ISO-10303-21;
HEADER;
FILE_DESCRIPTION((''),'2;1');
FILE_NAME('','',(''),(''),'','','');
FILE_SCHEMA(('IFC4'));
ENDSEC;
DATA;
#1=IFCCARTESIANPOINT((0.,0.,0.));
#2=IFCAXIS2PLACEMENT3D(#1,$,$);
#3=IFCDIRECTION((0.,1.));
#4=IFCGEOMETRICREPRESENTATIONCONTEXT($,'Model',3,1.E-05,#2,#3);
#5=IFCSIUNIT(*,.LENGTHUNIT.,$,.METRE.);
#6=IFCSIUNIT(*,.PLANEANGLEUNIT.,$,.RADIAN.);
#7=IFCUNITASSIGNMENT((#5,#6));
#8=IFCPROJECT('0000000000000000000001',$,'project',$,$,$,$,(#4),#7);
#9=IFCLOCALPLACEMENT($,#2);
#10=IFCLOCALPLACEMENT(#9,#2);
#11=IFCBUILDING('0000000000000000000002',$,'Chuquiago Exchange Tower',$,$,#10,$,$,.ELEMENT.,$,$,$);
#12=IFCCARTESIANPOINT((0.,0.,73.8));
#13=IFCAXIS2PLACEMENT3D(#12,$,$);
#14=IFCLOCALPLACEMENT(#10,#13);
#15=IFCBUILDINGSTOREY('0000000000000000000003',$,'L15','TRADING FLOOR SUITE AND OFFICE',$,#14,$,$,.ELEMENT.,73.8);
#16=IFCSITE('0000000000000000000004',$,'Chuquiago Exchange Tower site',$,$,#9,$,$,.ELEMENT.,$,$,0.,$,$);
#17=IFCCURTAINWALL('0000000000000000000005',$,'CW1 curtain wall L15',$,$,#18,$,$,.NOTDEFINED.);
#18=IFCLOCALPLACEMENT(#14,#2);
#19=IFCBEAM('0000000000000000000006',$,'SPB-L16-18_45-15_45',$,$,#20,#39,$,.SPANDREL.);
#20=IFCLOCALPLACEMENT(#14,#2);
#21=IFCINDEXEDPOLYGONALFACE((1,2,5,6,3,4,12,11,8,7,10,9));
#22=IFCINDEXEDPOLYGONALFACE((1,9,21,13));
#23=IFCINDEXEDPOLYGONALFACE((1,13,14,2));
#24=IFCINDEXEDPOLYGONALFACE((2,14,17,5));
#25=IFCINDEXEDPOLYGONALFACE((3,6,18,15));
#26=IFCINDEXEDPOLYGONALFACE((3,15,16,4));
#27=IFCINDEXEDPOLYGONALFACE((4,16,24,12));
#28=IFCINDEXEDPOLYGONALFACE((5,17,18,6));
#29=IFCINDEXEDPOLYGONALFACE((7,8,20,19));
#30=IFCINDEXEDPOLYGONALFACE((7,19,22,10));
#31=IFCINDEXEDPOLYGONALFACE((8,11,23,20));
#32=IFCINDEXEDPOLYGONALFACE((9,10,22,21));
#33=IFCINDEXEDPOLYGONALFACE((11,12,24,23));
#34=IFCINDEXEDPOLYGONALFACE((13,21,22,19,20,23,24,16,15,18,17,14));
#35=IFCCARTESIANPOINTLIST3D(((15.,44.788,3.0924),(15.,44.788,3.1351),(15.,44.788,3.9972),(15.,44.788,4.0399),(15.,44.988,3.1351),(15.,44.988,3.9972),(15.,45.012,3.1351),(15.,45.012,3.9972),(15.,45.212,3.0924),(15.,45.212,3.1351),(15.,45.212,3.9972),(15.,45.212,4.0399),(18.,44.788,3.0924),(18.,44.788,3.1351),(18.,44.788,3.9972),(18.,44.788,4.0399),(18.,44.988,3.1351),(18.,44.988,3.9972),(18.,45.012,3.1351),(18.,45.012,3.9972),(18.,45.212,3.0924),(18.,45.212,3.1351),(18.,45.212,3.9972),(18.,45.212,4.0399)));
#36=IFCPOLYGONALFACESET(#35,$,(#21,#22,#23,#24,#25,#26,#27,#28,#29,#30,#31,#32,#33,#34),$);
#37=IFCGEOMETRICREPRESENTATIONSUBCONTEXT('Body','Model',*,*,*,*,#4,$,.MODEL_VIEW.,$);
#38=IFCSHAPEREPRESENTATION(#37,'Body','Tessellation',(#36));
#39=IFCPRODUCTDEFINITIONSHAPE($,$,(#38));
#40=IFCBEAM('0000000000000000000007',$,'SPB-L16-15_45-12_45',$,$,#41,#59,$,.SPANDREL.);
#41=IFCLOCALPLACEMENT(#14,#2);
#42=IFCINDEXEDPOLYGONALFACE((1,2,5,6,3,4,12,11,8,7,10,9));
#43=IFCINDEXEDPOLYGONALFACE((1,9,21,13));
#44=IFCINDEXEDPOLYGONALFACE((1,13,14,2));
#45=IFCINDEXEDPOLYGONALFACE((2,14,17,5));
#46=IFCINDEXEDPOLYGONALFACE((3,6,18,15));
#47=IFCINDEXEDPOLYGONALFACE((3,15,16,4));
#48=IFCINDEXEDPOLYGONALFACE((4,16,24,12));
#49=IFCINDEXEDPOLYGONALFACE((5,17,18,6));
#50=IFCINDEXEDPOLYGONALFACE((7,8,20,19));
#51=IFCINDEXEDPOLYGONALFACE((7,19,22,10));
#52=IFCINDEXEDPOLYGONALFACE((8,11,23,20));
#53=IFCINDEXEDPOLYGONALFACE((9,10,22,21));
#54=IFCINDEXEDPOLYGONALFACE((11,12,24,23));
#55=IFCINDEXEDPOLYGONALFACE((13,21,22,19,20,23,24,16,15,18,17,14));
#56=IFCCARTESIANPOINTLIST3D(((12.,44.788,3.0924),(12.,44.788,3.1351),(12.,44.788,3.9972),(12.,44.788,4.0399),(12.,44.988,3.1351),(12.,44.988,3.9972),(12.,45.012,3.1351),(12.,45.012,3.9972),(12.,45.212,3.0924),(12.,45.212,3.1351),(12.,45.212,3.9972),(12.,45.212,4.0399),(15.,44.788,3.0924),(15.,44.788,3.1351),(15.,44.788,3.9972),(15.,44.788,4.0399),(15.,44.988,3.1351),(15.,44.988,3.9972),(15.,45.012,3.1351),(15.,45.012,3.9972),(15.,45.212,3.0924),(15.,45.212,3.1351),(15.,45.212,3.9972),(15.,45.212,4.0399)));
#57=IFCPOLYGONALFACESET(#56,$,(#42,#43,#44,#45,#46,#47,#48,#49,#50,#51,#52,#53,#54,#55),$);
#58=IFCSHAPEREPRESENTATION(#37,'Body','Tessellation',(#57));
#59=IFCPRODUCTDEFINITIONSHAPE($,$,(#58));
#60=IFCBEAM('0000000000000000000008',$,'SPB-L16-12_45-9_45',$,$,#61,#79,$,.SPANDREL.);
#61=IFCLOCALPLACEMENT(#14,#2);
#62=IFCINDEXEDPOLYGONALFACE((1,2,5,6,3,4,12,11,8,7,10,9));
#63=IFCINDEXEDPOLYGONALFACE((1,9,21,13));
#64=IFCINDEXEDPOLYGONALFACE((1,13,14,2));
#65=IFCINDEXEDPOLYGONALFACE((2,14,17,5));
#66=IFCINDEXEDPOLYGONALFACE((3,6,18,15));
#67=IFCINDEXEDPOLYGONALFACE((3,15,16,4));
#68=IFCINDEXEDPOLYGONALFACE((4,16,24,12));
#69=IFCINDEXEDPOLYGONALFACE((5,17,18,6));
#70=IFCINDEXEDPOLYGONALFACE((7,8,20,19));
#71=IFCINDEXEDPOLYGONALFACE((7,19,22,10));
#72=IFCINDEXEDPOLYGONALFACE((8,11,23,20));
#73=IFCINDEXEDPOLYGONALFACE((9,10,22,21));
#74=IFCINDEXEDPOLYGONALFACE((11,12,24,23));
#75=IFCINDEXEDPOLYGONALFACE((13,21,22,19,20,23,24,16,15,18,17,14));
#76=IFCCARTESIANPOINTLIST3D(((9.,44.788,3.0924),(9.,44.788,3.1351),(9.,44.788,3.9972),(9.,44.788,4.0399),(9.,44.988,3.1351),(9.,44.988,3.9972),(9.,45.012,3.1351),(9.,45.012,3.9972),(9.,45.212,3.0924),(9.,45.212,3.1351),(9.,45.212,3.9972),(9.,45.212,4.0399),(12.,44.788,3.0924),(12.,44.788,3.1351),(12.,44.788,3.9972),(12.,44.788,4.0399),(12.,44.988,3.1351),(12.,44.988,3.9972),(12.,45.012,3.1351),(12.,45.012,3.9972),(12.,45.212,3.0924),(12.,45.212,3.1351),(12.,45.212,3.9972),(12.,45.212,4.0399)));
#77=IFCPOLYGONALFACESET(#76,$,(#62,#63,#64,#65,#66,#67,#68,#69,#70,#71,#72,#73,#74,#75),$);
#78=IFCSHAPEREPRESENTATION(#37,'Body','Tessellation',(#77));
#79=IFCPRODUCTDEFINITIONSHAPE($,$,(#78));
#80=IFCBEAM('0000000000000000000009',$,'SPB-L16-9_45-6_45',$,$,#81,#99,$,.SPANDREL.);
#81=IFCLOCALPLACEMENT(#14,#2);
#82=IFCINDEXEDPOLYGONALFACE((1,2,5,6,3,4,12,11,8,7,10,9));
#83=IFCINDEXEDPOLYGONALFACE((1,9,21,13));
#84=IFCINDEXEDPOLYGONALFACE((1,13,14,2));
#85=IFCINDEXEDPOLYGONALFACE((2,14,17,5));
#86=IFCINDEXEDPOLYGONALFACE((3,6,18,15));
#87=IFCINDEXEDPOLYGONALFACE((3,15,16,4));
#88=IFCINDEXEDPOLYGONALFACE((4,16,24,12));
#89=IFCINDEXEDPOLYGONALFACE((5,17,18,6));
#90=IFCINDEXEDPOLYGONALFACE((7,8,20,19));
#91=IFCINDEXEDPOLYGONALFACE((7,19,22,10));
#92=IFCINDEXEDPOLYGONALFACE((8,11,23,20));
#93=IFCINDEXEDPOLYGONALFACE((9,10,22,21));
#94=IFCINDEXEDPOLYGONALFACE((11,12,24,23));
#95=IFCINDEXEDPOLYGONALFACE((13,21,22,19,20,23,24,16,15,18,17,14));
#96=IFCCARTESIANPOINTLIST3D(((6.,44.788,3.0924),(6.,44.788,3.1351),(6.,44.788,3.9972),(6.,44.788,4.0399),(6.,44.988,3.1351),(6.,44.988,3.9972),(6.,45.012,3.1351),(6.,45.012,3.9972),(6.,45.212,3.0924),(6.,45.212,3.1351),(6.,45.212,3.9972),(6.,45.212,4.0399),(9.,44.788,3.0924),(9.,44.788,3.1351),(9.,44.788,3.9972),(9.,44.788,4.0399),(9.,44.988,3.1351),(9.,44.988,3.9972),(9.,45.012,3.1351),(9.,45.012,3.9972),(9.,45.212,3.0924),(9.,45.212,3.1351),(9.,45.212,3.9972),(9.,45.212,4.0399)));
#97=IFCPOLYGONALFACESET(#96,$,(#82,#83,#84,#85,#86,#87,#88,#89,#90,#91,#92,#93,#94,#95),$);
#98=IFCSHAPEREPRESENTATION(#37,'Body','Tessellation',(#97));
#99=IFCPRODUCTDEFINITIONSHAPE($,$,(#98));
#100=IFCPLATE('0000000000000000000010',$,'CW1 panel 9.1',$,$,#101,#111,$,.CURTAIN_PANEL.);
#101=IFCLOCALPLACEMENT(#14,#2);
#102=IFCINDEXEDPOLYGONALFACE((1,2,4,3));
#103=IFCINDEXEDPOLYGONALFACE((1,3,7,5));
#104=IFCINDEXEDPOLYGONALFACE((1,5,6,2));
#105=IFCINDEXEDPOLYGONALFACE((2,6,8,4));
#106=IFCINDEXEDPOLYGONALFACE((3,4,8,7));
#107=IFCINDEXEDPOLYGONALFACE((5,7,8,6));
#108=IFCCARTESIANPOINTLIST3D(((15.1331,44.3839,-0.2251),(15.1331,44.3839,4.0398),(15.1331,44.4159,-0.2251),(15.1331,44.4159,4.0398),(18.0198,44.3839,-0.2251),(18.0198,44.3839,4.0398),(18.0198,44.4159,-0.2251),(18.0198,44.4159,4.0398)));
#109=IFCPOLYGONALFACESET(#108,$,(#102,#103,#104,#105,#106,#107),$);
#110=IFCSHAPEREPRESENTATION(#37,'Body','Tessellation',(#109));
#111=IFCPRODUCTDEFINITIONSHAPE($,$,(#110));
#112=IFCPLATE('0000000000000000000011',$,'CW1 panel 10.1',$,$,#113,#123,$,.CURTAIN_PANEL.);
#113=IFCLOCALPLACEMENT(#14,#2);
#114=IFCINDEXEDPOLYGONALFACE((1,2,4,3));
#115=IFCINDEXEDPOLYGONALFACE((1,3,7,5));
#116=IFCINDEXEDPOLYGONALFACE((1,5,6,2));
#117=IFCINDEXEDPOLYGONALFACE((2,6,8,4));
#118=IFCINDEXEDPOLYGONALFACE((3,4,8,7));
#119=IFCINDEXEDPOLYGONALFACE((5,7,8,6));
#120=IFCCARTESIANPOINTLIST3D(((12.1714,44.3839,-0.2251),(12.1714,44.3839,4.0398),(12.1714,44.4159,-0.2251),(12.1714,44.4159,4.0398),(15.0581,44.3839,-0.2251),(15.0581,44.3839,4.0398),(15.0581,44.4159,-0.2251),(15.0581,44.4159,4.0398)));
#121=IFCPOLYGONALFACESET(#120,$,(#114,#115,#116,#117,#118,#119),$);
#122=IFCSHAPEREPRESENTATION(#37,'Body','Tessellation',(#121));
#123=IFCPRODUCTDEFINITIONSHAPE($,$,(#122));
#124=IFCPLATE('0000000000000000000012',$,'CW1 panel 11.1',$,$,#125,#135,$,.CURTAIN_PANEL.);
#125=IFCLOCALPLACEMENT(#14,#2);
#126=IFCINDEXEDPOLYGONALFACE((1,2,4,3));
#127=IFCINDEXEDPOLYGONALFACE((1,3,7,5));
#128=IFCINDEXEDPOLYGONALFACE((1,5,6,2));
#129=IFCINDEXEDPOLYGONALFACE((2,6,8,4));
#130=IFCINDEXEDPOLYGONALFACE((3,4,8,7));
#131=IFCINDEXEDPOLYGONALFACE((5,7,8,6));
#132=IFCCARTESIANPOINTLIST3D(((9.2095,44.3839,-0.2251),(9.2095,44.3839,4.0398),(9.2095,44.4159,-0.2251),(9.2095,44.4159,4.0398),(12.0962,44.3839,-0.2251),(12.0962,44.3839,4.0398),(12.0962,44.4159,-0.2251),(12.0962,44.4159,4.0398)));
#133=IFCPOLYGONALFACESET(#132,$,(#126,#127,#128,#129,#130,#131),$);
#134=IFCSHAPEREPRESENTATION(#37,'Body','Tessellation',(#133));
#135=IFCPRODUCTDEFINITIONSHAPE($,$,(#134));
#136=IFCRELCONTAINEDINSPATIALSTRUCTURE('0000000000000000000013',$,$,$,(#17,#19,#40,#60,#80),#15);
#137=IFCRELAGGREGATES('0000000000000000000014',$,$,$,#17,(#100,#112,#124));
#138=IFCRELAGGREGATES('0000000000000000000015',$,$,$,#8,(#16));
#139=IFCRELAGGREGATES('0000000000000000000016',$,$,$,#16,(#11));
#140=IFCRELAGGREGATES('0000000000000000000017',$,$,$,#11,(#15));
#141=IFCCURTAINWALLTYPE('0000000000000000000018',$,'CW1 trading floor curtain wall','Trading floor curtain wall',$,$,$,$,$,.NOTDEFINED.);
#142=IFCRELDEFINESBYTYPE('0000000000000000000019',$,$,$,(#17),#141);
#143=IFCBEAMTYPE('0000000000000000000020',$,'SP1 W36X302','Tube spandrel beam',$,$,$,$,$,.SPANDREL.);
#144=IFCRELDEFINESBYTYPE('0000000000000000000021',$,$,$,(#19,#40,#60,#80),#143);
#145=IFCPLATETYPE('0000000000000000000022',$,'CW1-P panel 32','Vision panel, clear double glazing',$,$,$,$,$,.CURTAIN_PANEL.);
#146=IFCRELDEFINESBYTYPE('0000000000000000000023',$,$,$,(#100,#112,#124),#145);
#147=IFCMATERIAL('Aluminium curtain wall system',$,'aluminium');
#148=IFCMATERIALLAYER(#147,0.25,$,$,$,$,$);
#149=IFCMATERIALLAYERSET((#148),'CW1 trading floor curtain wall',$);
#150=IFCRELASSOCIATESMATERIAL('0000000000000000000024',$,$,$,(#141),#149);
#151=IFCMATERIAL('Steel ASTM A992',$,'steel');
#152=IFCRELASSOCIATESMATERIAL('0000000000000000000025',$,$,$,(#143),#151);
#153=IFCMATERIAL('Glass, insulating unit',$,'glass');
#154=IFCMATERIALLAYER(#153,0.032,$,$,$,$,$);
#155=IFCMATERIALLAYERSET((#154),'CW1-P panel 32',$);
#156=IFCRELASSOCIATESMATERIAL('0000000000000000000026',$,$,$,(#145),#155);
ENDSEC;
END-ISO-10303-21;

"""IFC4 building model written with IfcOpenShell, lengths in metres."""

from ifc_helpers import new_model, si_unit, direction, frame, origin, origin_2d, place, context, subcontext, project, spatial, rectangle, i_section, extrude, material, layer, layer_set, material_profile, profile_set, type_object, element, aggregate, save


model = new_model("IFC4")

# Units and contexts
model_context = context("Model", 3, precision=1e-05, world=origin(), true_north=direction((0.0, 1.0)))
body_context = subcontext(model_context, "Body", "Model", "MODEL_VIEW")
ifc_project = project(units=[si_unit("LENGTHUNIT", "METRE"), si_unit("PLANEANGLEUNIT", "RADIAN")], contexts=[model_context])

# Site, building, storey
site_placement = place(None, origin())
site = spatial("IfcSite", under=ifc_project, at=site_placement, Name="Chuquiago Exchange Tower site", CompositionType="ELEMENT", RefElevation=0.0)
building_placement = place(site_placement, origin())
building = spatial("IfcBuilding", under=site, at=building_placement, Name="Chuquiago Exchange Tower", CompositionType="ELEMENT")
storey_placement = place(building_placement, frame((0.0, 0.0, 73.8)))
storey = spatial("IfcBuildingStorey", under=building, at=storey_placement, Name="L15", Description="TRADING FLOOR SUITE AND OFFICE", CompositionType="ELEMENT", Elevation=73.8)

# Curtain wall
ifc_material_1 = material(Name="Aluminium curtain wall system", Category="aluminium")
ifc_layer_1 = layer(ifc_material_1, 0.25)
ifc_layer_set_1 = layer_set([ifc_layer_1], Name="CW1 trading floor curtain wall")
curtain_wall_type = type_object("IfcCurtainWallType", Name="CW1 trading floor curtain wall", Description="Trading floor curtain wall", PredefinedType="NOTDEFINED", material=ifc_layer_set_1)
curtain_wall_placement = place(storey_placement, origin())
curtain_wall = element("IfcCurtainWall", 1, at=curtain_wall_placement, inside=storey, type_object=curtain_wall_type, Name="CW1 curtain wall L15", PredefinedType="NOTDEFINED")

# Beams
ifc_material_2 = material(Name="Steel ASTM A992", Category="steel")
ifc_material_profile_1 = material_profile(ifc_material_2, i_section(OverallWidth=0.4241, OverallDepth=0.9475, WebThickness=0.0239, FlangeThickness=0.0427, at=origin_2d()), Name="W36X302")
ifc_profile_set_1 = profile_set([ifc_material_profile_1], Name="Steel ASTM A992")
beam_type = type_object("IfcBeamType", Name="SP1 W36X302", Description="Tube spandrel beam", PredefinedType="SPANDREL", material=ifc_profile_set_1)
for number, where, z_axis, x_axis, name in (
    (2, (18.0, 45.0, 3.5662), (-1.0, 0.0, 0.0), (0.0, -1.0, 0.0), "SPB-L16-18_45-15_45"),
    (3, (15.0, 45.0, 3.5662), (-1.0, 0.0, 0.0), (0.0, -1.0, 0.0), "SPB-L16-15_45-12_45"),
    (4, (12.0, 45.0, 3.5662), (-1.0, 0.0, 0.0), (0.0, -1.0, 0.0), "SPB-L16-12_45-9_45"),
    (5, (9.0, 45.0, 3.5662), (-1.0, 0.0, 0.0), (0.0, -1.0, 0.0), "SPB-L16-9_45-6_45"),
):
    element("IfcBeam", number, at=place(storey_placement, frame(where, z_axis=z_axis, x_axis=x_axis)), inside=storey, type_object=beam_type, Name=name, PredefinedType="SPANDREL", context=body_context, shape_type="SweptSolid", body=[
        extrude(i_section(OverallWidth=0.4241, OverallDepth=0.9475, WebThickness=0.0239, FlangeThickness=0.0427, at=origin_2d()), origin(), (0.0, 0.0, 1.0), 3.0),
    ])

# Plates
ifc_material_3 = material(Name="Glass, insulating unit", Category="glass")
ifc_layer_2 = layer(ifc_material_3, 0.032)
ifc_layer_set_2 = layer_set([ifc_layer_2], Name="CW1-P panel 32")
plate_type = type_object("IfcPlateType", Name="CW1-P panel 32", Description="Vision panel, clear double glazing", PredefinedType="CURTAIN_PANEL", material=ifc_layer_set_2)
plate_1_placement = place(storey_placement, frame((16.5764, 44.3999, -0.2251), z_axis=(0.0, 0.0, 1.0), x_axis=(-1.0, 0.0, 0.0)))
plate_1 = element("IfcPlate", 6, at=plate_1_placement, type_object=plate_type, Name="CW1 panel 9.1", PredefinedType="CURTAIN_PANEL", context=body_context, shape_type="SweptSolid", body=[
    extrude(rectangle(XDim=2.8867, YDim=0.032, at=origin_2d()), origin(), (0.0, 0.0, 1.0), 4.2649),
])
plate_2_placement = place(storey_placement, frame((13.6147, 44.3999, -0.2251), z_axis=(0.0, 0.0, 1.0), x_axis=(-1.0, 0.0, 0.0)))
plate_2 = element("IfcPlate", 7, at=plate_2_placement, type_object=plate_type, Name="CW1 panel 10.1", PredefinedType="CURTAIN_PANEL", context=body_context, shape_type="SweptSolid", body=[
    extrude(rectangle(XDim=2.8867, YDim=0.032, at=origin_2d()), origin(), (0.0, 0.0, 1.0), 4.2649),
])
plate_3_placement = place(storey_placement, frame((10.6528, 44.3999, -0.2251), z_axis=(0.0, 0.0, 1.0), x_axis=(-1.0, 0.0, 0.0)))
plate_3 = element("IfcPlate", 8, at=plate_3_placement, type_object=plate_type, Name="CW1 panel 11.1", PredefinedType="CURTAIN_PANEL", context=body_context, shape_type="SweptSolid", body=[
    extrude(rectangle(XDim=2.8867, YDim=0.032, at=origin_2d()), origin(), (0.0, 0.0, 1.0), 4.2649),
])
aggregate(curtain_wall, [plate_1, plate_2, plate_3])

save(model, "model.ifc")
